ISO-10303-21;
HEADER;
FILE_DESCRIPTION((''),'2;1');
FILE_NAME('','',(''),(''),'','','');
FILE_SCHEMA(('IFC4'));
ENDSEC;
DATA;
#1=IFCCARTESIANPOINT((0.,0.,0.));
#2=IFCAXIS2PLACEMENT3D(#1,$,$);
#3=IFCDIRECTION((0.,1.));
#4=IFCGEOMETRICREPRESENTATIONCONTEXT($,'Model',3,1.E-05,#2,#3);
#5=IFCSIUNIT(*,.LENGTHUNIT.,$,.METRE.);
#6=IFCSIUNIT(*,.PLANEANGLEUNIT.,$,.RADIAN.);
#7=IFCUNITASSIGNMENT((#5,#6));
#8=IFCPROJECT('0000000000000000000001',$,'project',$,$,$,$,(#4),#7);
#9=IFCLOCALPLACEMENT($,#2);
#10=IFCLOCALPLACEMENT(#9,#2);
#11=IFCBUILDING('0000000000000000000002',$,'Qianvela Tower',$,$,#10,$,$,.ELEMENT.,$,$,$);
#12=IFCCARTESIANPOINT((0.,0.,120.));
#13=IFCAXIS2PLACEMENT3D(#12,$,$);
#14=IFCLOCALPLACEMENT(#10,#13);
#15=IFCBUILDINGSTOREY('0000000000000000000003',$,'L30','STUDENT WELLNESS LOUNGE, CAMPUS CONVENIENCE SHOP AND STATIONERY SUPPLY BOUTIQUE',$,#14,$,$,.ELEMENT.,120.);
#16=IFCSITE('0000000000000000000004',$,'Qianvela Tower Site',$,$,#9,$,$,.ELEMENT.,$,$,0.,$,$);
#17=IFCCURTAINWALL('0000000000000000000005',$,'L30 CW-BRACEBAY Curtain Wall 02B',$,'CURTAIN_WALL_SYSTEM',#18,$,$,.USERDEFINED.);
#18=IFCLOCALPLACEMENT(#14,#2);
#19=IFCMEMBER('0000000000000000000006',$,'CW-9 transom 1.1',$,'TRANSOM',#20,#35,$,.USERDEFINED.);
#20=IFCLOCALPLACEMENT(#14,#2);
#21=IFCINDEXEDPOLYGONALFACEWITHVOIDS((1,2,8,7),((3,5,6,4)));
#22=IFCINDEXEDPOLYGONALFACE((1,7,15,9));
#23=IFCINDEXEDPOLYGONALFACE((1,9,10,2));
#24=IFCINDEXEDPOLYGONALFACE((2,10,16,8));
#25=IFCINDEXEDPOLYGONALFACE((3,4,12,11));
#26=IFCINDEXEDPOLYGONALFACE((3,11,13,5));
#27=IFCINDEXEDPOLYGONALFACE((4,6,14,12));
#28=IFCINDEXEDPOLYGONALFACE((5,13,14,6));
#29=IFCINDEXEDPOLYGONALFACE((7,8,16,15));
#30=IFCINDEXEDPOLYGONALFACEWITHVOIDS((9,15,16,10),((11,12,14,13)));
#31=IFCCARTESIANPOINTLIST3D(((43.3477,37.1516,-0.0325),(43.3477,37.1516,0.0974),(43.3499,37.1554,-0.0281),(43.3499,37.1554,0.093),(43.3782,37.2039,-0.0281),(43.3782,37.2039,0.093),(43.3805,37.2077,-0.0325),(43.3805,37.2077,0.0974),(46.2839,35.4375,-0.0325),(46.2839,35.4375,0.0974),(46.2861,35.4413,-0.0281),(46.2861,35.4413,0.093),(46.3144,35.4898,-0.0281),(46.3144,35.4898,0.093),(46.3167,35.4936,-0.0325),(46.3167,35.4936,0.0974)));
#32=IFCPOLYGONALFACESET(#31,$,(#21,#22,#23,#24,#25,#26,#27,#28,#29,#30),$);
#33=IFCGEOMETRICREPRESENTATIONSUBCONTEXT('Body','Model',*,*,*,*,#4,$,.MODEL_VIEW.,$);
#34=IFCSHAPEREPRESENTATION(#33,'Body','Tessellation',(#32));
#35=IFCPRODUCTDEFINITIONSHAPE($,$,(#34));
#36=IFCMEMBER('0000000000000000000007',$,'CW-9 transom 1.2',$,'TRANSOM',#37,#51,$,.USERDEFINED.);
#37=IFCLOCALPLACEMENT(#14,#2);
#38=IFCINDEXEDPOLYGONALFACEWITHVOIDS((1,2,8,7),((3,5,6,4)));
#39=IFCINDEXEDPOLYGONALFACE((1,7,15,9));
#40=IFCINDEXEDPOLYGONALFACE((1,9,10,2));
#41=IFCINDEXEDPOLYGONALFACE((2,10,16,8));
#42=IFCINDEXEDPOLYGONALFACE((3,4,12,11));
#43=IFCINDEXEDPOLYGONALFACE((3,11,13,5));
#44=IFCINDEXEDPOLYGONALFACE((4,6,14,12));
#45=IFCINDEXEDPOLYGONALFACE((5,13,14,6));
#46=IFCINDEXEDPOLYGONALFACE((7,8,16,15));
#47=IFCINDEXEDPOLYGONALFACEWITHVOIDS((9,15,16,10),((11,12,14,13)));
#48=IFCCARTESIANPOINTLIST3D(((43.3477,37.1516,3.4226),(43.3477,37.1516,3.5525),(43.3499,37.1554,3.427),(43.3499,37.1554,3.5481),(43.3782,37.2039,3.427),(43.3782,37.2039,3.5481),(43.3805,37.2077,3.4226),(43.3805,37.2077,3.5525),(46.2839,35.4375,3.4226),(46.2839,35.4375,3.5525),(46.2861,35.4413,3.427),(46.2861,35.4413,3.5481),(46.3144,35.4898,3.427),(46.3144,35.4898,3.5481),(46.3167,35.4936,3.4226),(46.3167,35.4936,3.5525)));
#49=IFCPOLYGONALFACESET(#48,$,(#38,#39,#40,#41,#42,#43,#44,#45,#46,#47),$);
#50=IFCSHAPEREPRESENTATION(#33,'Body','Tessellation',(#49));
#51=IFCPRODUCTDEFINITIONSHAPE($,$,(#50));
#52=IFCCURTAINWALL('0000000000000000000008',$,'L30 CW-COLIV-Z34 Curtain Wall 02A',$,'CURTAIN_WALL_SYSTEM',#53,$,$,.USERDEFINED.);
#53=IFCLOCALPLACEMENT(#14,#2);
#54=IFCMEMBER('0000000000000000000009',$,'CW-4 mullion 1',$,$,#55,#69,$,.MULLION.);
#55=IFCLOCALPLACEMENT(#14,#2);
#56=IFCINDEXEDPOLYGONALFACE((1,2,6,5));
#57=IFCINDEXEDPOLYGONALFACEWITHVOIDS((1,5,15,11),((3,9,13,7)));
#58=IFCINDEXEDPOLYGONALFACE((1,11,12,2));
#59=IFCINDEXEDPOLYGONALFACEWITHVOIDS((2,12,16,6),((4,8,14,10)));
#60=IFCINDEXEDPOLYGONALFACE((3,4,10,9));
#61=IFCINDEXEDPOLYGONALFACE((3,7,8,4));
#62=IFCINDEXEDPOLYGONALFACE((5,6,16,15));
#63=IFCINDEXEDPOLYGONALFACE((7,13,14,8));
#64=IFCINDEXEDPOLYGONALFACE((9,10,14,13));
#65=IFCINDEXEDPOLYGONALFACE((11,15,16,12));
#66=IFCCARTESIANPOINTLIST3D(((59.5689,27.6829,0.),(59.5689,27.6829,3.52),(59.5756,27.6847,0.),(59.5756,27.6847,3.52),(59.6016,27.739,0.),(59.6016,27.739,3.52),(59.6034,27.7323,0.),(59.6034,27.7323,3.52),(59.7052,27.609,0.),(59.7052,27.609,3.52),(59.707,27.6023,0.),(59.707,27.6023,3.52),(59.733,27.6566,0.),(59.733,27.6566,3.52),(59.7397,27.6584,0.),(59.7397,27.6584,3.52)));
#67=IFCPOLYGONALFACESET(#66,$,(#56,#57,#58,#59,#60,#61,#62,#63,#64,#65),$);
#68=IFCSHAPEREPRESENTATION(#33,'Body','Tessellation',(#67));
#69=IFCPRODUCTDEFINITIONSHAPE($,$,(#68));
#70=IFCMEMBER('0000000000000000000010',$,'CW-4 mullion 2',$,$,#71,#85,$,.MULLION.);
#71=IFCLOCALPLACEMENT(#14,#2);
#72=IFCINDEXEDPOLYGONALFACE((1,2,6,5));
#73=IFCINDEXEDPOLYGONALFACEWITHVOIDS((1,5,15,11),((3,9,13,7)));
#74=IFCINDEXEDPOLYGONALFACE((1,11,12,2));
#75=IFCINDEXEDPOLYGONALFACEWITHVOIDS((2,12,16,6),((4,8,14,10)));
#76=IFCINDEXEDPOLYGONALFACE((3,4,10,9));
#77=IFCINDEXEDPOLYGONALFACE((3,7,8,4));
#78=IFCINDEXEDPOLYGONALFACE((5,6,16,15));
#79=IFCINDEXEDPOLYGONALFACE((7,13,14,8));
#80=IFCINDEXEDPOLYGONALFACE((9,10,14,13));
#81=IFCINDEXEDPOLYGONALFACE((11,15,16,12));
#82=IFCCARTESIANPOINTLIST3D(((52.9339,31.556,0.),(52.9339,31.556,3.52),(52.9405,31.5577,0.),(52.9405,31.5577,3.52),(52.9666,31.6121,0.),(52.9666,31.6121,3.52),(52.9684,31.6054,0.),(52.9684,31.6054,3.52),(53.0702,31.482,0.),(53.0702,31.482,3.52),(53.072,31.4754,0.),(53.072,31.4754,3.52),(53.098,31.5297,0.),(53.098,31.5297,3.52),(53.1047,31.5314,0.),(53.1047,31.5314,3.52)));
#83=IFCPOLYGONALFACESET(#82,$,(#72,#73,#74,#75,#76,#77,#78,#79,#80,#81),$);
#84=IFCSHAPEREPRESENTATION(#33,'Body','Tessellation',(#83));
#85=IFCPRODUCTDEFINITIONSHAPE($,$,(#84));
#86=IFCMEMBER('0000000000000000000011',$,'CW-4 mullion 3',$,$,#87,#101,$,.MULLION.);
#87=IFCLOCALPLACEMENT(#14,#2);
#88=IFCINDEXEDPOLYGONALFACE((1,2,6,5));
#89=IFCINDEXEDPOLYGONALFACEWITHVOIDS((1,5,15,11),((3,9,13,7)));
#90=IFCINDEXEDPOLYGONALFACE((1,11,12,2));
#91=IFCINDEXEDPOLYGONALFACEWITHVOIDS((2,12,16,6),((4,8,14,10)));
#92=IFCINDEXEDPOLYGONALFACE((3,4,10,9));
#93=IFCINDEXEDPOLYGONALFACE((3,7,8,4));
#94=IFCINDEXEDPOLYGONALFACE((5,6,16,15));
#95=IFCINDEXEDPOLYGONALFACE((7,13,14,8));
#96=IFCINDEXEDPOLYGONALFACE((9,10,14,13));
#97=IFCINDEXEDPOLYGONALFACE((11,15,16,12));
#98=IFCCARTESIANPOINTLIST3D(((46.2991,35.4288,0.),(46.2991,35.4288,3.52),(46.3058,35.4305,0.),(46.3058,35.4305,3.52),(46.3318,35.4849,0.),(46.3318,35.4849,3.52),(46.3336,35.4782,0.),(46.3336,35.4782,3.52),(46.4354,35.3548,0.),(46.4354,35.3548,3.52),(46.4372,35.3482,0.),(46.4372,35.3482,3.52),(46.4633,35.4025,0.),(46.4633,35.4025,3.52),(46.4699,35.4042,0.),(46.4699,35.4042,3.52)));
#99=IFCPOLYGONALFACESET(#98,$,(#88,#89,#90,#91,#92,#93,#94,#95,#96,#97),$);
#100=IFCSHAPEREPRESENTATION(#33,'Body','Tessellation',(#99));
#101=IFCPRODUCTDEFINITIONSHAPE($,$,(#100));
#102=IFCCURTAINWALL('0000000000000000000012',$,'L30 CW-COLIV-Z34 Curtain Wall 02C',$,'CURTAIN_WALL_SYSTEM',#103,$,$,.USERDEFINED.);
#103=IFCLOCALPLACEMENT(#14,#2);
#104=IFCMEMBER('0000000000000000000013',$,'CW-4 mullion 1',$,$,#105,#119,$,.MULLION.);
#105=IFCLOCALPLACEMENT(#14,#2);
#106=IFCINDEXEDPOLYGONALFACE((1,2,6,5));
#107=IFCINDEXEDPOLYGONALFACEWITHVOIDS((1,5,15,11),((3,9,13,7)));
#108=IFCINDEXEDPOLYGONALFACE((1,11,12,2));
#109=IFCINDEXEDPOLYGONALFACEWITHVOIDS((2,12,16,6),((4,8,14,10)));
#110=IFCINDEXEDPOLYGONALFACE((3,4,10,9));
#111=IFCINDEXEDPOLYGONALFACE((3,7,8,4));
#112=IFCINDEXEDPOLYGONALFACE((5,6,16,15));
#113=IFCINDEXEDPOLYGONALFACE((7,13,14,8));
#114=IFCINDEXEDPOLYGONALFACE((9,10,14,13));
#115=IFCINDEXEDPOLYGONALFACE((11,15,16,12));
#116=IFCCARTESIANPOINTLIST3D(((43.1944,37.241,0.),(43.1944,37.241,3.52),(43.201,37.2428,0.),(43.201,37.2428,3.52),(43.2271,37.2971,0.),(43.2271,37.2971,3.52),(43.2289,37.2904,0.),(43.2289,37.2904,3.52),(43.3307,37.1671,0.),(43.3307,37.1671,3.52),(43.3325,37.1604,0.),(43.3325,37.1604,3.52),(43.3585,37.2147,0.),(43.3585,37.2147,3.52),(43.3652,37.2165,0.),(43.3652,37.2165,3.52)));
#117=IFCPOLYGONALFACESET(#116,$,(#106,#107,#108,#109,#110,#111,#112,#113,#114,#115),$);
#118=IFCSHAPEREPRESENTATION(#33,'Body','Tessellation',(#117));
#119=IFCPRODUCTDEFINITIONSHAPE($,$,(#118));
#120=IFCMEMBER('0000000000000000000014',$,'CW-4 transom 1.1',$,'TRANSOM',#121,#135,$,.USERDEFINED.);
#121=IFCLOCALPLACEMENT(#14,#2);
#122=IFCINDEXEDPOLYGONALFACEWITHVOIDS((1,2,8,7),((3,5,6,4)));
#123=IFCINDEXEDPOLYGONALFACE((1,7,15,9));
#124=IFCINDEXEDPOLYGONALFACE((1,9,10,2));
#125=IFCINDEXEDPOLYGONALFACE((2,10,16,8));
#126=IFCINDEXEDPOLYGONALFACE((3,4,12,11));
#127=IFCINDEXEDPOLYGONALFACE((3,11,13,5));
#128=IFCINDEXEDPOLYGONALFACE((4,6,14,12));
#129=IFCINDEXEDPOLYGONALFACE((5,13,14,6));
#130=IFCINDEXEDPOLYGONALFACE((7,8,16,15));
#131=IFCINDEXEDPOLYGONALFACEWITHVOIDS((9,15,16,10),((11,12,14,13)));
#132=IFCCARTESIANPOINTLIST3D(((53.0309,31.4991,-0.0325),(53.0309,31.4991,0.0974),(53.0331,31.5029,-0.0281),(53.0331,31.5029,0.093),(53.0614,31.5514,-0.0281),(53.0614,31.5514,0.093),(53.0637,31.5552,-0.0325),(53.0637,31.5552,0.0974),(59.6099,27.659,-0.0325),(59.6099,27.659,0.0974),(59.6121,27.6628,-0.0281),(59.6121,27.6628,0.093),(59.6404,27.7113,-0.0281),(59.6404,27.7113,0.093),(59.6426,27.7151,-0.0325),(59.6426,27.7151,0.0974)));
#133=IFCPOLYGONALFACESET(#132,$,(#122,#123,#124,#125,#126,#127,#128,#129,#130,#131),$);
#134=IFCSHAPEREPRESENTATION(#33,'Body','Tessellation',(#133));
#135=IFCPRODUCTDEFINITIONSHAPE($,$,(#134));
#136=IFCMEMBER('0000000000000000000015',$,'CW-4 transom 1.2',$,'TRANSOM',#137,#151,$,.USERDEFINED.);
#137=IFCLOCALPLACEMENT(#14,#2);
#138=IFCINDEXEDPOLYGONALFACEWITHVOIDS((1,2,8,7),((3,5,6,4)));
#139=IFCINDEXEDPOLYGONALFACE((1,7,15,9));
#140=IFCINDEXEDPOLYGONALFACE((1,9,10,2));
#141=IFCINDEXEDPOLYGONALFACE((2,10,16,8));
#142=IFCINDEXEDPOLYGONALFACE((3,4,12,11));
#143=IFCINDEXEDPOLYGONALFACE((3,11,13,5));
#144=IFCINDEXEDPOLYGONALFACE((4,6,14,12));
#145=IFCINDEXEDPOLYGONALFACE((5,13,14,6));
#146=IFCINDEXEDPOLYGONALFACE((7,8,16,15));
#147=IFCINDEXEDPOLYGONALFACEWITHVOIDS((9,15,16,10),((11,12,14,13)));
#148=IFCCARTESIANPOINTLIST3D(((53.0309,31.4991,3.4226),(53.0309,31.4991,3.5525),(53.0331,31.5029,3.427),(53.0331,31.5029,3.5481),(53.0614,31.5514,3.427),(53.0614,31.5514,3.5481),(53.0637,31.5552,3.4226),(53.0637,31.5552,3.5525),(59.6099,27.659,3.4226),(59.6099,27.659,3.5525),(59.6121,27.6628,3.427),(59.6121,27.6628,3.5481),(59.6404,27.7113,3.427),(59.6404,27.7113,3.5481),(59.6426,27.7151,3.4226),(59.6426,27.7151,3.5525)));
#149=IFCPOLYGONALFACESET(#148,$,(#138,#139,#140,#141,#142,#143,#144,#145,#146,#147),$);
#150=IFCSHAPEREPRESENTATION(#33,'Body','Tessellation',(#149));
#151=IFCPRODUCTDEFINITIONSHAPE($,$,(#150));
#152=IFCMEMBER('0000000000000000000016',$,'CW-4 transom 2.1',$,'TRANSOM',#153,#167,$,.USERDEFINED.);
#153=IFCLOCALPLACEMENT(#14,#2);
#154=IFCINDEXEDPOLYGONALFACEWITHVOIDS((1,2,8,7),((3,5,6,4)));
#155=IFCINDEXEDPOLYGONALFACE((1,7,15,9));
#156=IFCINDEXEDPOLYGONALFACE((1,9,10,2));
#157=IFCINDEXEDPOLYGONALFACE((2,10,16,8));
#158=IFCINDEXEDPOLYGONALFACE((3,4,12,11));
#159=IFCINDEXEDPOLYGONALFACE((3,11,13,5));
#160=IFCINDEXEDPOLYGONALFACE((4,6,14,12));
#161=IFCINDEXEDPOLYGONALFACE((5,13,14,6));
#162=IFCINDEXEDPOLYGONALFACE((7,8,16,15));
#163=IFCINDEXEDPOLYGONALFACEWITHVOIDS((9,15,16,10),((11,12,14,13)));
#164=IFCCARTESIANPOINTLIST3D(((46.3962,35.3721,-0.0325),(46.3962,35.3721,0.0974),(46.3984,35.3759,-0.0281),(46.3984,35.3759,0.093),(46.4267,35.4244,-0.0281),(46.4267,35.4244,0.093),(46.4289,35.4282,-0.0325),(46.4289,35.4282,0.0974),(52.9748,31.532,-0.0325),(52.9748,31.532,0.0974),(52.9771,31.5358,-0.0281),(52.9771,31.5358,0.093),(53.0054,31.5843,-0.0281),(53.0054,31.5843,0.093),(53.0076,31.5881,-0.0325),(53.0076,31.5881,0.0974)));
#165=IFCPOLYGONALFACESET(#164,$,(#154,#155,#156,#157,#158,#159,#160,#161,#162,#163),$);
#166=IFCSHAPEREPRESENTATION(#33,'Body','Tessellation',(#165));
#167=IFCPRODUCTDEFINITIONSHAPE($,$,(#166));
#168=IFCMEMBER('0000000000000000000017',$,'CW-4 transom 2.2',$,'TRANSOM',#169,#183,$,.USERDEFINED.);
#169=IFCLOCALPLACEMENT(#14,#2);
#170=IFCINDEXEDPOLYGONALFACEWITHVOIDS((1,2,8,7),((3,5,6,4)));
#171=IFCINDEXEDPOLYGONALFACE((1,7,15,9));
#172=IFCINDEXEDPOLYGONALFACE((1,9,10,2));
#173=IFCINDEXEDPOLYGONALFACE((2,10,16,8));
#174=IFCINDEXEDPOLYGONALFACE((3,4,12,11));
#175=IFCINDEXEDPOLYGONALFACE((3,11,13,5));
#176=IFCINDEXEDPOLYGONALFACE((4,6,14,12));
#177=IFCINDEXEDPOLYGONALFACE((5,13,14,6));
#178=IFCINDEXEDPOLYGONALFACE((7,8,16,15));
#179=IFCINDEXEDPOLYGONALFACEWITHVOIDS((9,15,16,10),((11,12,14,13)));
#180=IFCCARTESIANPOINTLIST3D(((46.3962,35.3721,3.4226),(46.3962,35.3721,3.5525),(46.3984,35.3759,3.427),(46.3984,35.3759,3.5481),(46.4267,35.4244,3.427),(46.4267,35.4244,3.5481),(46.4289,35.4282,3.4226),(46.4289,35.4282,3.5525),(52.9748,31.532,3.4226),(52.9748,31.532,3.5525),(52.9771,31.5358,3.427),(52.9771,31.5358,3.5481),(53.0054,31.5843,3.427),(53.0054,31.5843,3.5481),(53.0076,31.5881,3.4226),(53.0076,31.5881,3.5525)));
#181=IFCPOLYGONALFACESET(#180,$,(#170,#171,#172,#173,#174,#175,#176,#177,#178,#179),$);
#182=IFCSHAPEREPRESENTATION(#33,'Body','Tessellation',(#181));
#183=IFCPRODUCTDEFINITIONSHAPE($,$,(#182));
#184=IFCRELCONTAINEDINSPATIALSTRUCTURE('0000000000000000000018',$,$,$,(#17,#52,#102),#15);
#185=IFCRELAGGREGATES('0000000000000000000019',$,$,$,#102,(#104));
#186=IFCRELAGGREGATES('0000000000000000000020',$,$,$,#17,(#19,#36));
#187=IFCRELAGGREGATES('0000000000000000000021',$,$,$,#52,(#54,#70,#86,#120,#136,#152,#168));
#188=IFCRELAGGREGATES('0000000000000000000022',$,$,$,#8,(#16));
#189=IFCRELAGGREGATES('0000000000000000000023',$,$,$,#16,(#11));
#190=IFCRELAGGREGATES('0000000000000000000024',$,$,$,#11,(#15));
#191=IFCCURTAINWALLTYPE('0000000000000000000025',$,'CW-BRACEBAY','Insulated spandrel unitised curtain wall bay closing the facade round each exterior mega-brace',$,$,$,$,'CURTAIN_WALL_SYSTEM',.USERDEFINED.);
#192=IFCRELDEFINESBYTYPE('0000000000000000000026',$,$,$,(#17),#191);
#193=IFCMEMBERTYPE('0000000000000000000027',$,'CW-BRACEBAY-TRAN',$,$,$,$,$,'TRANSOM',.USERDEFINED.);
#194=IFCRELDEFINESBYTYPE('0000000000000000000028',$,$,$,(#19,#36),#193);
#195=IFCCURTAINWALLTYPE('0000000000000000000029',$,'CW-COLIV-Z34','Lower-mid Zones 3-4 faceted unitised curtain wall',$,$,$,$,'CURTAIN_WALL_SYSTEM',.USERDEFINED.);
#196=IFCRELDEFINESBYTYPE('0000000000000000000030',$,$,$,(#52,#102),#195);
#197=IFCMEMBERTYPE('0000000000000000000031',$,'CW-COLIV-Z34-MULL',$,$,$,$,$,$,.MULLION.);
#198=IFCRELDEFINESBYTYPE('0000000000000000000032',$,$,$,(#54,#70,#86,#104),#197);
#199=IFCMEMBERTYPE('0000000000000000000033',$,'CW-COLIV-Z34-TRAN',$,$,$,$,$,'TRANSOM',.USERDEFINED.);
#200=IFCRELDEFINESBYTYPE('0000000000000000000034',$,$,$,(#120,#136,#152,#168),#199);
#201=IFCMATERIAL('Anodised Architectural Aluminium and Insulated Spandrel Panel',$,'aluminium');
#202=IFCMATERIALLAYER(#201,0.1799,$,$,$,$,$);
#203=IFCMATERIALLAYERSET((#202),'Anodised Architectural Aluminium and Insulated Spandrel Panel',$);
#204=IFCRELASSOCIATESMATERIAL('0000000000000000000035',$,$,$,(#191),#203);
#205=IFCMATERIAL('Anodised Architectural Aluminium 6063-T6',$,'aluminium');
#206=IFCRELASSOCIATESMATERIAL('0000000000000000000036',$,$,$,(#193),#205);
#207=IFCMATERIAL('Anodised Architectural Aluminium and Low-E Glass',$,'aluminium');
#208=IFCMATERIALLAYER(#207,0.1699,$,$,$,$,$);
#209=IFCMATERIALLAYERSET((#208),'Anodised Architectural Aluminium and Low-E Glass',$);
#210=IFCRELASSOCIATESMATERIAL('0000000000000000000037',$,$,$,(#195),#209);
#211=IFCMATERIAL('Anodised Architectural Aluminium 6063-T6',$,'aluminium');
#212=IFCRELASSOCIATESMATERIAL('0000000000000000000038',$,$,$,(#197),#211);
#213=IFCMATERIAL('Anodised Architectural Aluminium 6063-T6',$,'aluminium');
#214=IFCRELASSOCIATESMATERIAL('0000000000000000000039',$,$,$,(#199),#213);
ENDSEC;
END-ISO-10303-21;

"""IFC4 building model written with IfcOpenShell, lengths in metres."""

from ifc_helpers import new_model, si_unit, direction, frame, origin, origin_2d, place, context, subcontext, project, spatial, hollow_rectangle, extrude, material, layer, layer_set, material_profile, profile_set, type_object, element, aggregate, save


model = new_model("IFC4")

# Units and contexts
model_context = context("Model", 3, precision=1e-05, world=origin(), true_north=direction((0.0, 1.0)))
body_context = subcontext(model_context, "Body", "Model", "MODEL_VIEW")
ifc_project = project(units=[si_unit("LENGTHUNIT", "METRE"), si_unit("PLANEANGLEUNIT", "RADIAN")], contexts=[model_context])

# Site, building, storey
site_placement = place(None, origin())
site = spatial("IfcSite", under=ifc_project, at=site_placement, Name="Qianvela Tower Site", CompositionType="ELEMENT", RefElevation=0.0)
building_placement = place(site_placement, origin())
building = spatial("IfcBuilding", under=site, at=building_placement, Name="Qianvela Tower", CompositionType="ELEMENT")
storey_placement = place(building_placement, frame((0.0, 0.0, 120.0)))
storey = spatial("IfcBuildingStorey", under=building, at=storey_placement, Name="L30", Description="STUDENT WELLNESS LOUNGE, CAMPUS CONVENIENCE SHOP AND STATIONERY SUPPLY BOUTIQUE", CompositionType="ELEMENT", Elevation=120.0)

# Curtain walls, members
ifc_material_1 = material(Name="Anodised Architectural Aluminium and Insulated Spandrel Panel", Category="aluminium")
ifc_layer_1 = layer(ifc_material_1, 0.1799)
ifc_layer_set_1 = layer_set([ifc_layer_1], Name="Anodised Architectural Aluminium and Insulated Spandrel Panel")
curtain_wall_type_1 = type_object("IfcCurtainWallType", Name="CW-BRACEBAY", Description="Insulated spandrel unitised curtain wall bay closing the facade round each exterior mega-brace", ElementType="CURTAIN_WALL_SYSTEM", PredefinedType="USERDEFINED", material=ifc_layer_set_1)
curtain_wall_1_placement = place(storey_placement, origin())
curtain_wall_1 = element("IfcCurtainWall", 1, at=curtain_wall_1_placement, inside=storey, type_object=curtain_wall_type_1, Name="L30 CW-BRACEBAY Curtain Wall 02B", ObjectType="CURTAIN_WALL_SYSTEM", PredefinedType="USERDEFINED")
ifc_material_2 = material(Name="Anodised Architectural Aluminium 6063-T6", Category="aluminium")
ifc_material_profile_1 = material_profile(ifc_material_2, hollow_rectangle(XDim=0.0649, YDim=0.1299, WallThickness=0.0044, at=origin_2d()), Name="ALU-TRAN-65x130")
ifc_profile_set_1 = profile_set([ifc_material_profile_1], Name="Anodised Architectural Aluminium 6063-T6")
member_type_1 = type_object("IfcMemberType", Name="CW-BRACEBAY-TRAN", ElementType="TRANSOM", PredefinedType="USERDEFINED", material=ifc_profile_set_1)
member_1_placement = place(storey_placement, frame((46.3003, 35.4656, 0.0325), z_axis=(-0.863615, 0.504152, 0.0), x_axis=(-0.504152, -0.863615, 0.0)))
member_1 = element("IfcMember", 2, at=member_1_placement, type_object=member_type_1, Name="CW-9 transom 1.1", ObjectType="TRANSOM", PredefinedType="USERDEFINED", context=body_context, shape_type="SweptSolid", body=[
    extrude(hollow_rectangle(XDim=0.0649, YDim=0.1299, WallThickness=0.0044, at=origin_2d()), origin(), (0.0, 0.0, 1.0), 3.3999),
])
member_2_placement = place(storey_placement, frame((46.3003, 35.4656, 3.4875), z_axis=(-0.863615, 0.504152, 0.0), x_axis=(-0.504152, -0.863615, 0.0)))
member_2 = element("IfcMember", 3, at=member_2_placement, type_object=member_type_1, Name="CW-9 transom 1.2", ObjectType="TRANSOM", PredefinedType="USERDEFINED", context=body_context, shape_type="SweptSolid", body=[
    extrude(hollow_rectangle(XDim=0.0649, YDim=0.1299, WallThickness=0.0044, at=origin_2d()), origin(), (0.0, 0.0, 1.0), 3.3999),
])
ifc_material_3 = material(Name="Anodised Architectural Aluminium and Low-E Glass", Category="aluminium")
ifc_layer_2 = layer(ifc_material_3, 0.1699)
ifc_layer_set_2 = layer_set([ifc_layer_2], Name="Anodised Architectural Aluminium and Low-E Glass")
curtain_wall_type_2 = type_object("IfcCurtainWallType", Name="CW-COLIV-Z34", Description="Lower-mid Zones 3-4 faceted unitised curtain wall", ElementType="CURTAIN_WALL_SYSTEM", PredefinedType="USERDEFINED", material=ifc_layer_set_2)
curtain_wall_2_placement = place(storey_placement, origin())
curtain_wall_2 = element("IfcCurtainWall", 4, at=curtain_wall_2_placement, inside=storey, type_object=curtain_wall_type_2, Name="L30 CW-COLIV-Z34 Curtain Wall 02A", ObjectType="CURTAIN_WALL_SYSTEM", PredefinedType="USERDEFINED")
ifc_material_4 = material(Name="Anodised Architectural Aluminium 6063-T6", Category="aluminium")
ifc_material_profile_2 = material_profile(ifc_material_4, hollow_rectangle(XDim=0.0649, YDim=0.1599, WallThickness=0.0049, at=origin_2d()), Name="ALU-MULL-65x160")
ifc_profile_set_2 = profile_set([ifc_material_profile_2], Name="Anodised Architectural Aluminium 6063-T6")
member_type_2 = type_object("IfcMemberType", Name="CW-COLIV-Z34-MULL", PredefinedType="MULLION", material=ifc_profile_set_2)
member_3_placement = place(storey_placement, frame((59.6543, 27.6707, 0.0), z_axis=(0.0, 0.0, 1.0), x_axis=(-0.504123, -0.863632, 0.0)))
member_3 = element("IfcMember", 5, at=member_3_placement, type_object=member_type_2, Name="CW-4 mullion 1", PredefinedType="MULLION", context=body_context, shape_type="SweptSolid", body=[
    extrude(hollow_rectangle(XDim=0.0649, YDim=0.1599, WallThickness=0.0049, at=origin_2d()), origin(), (0.0, 0.0, 1.0), 3.52),
])
member_4_placement = place(storey_placement, frame((53.0193, 31.5437, 0.0), z_axis=(0.0, 0.0, 1.0), x_axis=(-0.504123, -0.863632, 0.0)))
member_4 = element("IfcMember", 6, at=member_4_placement, type_object=member_type_2, Name="CW-4 mullion 2", PredefinedType="MULLION", context=body_context, shape_type="SweptSolid", body=[
    extrude(hollow_rectangle(XDim=0.0649, YDim=0.1599, WallThickness=0.0049, at=origin_2d()), origin(), (0.0, 0.0, 1.0), 3.52),
])
member_5_placement = place(storey_placement, frame((46.3845, 35.4165, 0.0), z_axis=(0.0, 0.0, 1.0), x_axis=(-0.504123, -0.863632, 0.0)))
member_5 = element("IfcMember", 7, at=member_5_placement, type_object=member_type_2, Name="CW-4 mullion 3", PredefinedType="MULLION", context=body_context, shape_type="SweptSolid", body=[
    extrude(hollow_rectangle(XDim=0.0649, YDim=0.1599, WallThickness=0.0049, at=origin_2d()), origin(), (0.0, 0.0, 1.0), 3.52),
])

# Curtain wall, member
curtain_wall_3_placement = place(storey_placement, origin())
curtain_wall_3 = element("IfcCurtainWall", 8, at=curtain_wall_3_placement, inside=storey, type_object=curtain_wall_type_2, Name="L30 CW-COLIV-Z34 Curtain Wall 02C", ObjectType="CURTAIN_WALL_SYSTEM", PredefinedType="USERDEFINED")
member_6_placement = place(storey_placement, frame((43.2798, 37.2288, 0.0), z_axis=(0.0, 0.0, 1.0), x_axis=(-0.504123, -0.863632, 0.0)))
member_6 = element("IfcMember", 9, at=member_6_placement, type_object=member_type_2, Name="CW-4 mullion 1", PredefinedType="MULLION", context=body_context, shape_type="SweptSolid", body=[
    extrude(hollow_rectangle(XDim=0.0649, YDim=0.1599, WallThickness=0.0049, at=origin_2d()), origin(), (0.0, 0.0, 1.0), 3.52),
])
aggregate(curtain_wall_3, [member_6])

# Members
ifc_material_5 = material(Name="Anodised Architectural Aluminium 6063-T6", Category="aluminium")
ifc_material_profile_3 = material_profile(ifc_material_5, hollow_rectangle(XDim=0.0649, YDim=0.1299, WallThickness=0.0044, at=origin_2d()), Name="ALU-TRAN-65x130")
ifc_profile_set_3 = profile_set([ifc_material_profile_3], Name="Anodised Architectural Aluminium 6063-T6")
member_type_3 = type_object("IfcMemberType", Name="CW-COLIV-Z34-TRAN", ElementType="TRANSOM", PredefinedType="USERDEFINED", material=ifc_profile_set_3)
member_7_placement = place(storey_placement, frame((59.6262, 27.687, 0.0325), z_axis=(-0.863641, 0.504108, 0.0), x_axis=(-0.504108, -0.863641, 0.0)))
member_7 = element("IfcMember", 10, at=member_7_placement, type_object=member_type_3, Name="CW-4 transom 1.1", ObjectType="TRANSOM", PredefinedType="USERDEFINED", context=body_context, shape_type="SweptSolid", body=[
    extrude(hollow_rectangle(XDim=0.0649, YDim=0.1299, WallThickness=0.0044, at=origin_2d()), origin(), (0.0, 0.0, 1.0), 7.6177),
])
member_8_placement = place(storey_placement, frame((59.6262, 27.687, 3.4875), z_axis=(-0.863641, 0.504108, 0.0), x_axis=(-0.504108, -0.863641, 0.0)))
member_8 = element("IfcMember", 11, at=member_8_placement, type_object=member_type_3, Name="CW-4 transom 1.2", ObjectType="TRANSOM", PredefinedType="USERDEFINED", context=body_context, shape_type="SweptSolid", body=[
    extrude(hollow_rectangle(XDim=0.0649, YDim=0.1299, WallThickness=0.0044, at=origin_2d()), origin(), (0.0, 0.0, 1.0), 7.6177),
])
member_9_placement = place(storey_placement, frame((52.9912, 31.5601, 0.0325), z_axis=(-0.863632, 0.504122, 0.0), x_axis=(-0.504122, -0.863632, 0.0)))
member_9 = element("IfcMember", 12, at=member_9_placement, type_object=member_type_3, Name="CW-4 transom 2.1", ObjectType="TRANSOM", PredefinedType="USERDEFINED", context=body_context, shape_type="SweptSolid", body=[
    extrude(hollow_rectangle(XDim=0.0649, YDim=0.1299, WallThickness=0.0044, at=origin_2d()), origin(), (0.0, 0.0, 1.0), 7.6174),
])
member_10_placement = place(storey_placement, frame((52.9912, 31.5601, 3.4875), z_axis=(-0.863632, 0.504122, 0.0), x_axis=(-0.504122, -0.863632, 0.0)))
member_10 = element("IfcMember", 13, at=member_10_placement, type_object=member_type_3, Name="CW-4 transom 2.2", ObjectType="TRANSOM", PredefinedType="USERDEFINED", context=body_context, shape_type="SweptSolid", body=[
    extrude(hollow_rectangle(XDim=0.0649, YDim=0.1299, WallThickness=0.0044, at=origin_2d()), origin(), (0.0, 0.0, 1.0), 7.6174),
])

aggregate(curtain_wall_1, [member_1, member_2])
aggregate(curtain_wall_2, [member_3, member_4, member_5, member_7, member_8, member_9, member_10])

save(model, "model.ifc")
